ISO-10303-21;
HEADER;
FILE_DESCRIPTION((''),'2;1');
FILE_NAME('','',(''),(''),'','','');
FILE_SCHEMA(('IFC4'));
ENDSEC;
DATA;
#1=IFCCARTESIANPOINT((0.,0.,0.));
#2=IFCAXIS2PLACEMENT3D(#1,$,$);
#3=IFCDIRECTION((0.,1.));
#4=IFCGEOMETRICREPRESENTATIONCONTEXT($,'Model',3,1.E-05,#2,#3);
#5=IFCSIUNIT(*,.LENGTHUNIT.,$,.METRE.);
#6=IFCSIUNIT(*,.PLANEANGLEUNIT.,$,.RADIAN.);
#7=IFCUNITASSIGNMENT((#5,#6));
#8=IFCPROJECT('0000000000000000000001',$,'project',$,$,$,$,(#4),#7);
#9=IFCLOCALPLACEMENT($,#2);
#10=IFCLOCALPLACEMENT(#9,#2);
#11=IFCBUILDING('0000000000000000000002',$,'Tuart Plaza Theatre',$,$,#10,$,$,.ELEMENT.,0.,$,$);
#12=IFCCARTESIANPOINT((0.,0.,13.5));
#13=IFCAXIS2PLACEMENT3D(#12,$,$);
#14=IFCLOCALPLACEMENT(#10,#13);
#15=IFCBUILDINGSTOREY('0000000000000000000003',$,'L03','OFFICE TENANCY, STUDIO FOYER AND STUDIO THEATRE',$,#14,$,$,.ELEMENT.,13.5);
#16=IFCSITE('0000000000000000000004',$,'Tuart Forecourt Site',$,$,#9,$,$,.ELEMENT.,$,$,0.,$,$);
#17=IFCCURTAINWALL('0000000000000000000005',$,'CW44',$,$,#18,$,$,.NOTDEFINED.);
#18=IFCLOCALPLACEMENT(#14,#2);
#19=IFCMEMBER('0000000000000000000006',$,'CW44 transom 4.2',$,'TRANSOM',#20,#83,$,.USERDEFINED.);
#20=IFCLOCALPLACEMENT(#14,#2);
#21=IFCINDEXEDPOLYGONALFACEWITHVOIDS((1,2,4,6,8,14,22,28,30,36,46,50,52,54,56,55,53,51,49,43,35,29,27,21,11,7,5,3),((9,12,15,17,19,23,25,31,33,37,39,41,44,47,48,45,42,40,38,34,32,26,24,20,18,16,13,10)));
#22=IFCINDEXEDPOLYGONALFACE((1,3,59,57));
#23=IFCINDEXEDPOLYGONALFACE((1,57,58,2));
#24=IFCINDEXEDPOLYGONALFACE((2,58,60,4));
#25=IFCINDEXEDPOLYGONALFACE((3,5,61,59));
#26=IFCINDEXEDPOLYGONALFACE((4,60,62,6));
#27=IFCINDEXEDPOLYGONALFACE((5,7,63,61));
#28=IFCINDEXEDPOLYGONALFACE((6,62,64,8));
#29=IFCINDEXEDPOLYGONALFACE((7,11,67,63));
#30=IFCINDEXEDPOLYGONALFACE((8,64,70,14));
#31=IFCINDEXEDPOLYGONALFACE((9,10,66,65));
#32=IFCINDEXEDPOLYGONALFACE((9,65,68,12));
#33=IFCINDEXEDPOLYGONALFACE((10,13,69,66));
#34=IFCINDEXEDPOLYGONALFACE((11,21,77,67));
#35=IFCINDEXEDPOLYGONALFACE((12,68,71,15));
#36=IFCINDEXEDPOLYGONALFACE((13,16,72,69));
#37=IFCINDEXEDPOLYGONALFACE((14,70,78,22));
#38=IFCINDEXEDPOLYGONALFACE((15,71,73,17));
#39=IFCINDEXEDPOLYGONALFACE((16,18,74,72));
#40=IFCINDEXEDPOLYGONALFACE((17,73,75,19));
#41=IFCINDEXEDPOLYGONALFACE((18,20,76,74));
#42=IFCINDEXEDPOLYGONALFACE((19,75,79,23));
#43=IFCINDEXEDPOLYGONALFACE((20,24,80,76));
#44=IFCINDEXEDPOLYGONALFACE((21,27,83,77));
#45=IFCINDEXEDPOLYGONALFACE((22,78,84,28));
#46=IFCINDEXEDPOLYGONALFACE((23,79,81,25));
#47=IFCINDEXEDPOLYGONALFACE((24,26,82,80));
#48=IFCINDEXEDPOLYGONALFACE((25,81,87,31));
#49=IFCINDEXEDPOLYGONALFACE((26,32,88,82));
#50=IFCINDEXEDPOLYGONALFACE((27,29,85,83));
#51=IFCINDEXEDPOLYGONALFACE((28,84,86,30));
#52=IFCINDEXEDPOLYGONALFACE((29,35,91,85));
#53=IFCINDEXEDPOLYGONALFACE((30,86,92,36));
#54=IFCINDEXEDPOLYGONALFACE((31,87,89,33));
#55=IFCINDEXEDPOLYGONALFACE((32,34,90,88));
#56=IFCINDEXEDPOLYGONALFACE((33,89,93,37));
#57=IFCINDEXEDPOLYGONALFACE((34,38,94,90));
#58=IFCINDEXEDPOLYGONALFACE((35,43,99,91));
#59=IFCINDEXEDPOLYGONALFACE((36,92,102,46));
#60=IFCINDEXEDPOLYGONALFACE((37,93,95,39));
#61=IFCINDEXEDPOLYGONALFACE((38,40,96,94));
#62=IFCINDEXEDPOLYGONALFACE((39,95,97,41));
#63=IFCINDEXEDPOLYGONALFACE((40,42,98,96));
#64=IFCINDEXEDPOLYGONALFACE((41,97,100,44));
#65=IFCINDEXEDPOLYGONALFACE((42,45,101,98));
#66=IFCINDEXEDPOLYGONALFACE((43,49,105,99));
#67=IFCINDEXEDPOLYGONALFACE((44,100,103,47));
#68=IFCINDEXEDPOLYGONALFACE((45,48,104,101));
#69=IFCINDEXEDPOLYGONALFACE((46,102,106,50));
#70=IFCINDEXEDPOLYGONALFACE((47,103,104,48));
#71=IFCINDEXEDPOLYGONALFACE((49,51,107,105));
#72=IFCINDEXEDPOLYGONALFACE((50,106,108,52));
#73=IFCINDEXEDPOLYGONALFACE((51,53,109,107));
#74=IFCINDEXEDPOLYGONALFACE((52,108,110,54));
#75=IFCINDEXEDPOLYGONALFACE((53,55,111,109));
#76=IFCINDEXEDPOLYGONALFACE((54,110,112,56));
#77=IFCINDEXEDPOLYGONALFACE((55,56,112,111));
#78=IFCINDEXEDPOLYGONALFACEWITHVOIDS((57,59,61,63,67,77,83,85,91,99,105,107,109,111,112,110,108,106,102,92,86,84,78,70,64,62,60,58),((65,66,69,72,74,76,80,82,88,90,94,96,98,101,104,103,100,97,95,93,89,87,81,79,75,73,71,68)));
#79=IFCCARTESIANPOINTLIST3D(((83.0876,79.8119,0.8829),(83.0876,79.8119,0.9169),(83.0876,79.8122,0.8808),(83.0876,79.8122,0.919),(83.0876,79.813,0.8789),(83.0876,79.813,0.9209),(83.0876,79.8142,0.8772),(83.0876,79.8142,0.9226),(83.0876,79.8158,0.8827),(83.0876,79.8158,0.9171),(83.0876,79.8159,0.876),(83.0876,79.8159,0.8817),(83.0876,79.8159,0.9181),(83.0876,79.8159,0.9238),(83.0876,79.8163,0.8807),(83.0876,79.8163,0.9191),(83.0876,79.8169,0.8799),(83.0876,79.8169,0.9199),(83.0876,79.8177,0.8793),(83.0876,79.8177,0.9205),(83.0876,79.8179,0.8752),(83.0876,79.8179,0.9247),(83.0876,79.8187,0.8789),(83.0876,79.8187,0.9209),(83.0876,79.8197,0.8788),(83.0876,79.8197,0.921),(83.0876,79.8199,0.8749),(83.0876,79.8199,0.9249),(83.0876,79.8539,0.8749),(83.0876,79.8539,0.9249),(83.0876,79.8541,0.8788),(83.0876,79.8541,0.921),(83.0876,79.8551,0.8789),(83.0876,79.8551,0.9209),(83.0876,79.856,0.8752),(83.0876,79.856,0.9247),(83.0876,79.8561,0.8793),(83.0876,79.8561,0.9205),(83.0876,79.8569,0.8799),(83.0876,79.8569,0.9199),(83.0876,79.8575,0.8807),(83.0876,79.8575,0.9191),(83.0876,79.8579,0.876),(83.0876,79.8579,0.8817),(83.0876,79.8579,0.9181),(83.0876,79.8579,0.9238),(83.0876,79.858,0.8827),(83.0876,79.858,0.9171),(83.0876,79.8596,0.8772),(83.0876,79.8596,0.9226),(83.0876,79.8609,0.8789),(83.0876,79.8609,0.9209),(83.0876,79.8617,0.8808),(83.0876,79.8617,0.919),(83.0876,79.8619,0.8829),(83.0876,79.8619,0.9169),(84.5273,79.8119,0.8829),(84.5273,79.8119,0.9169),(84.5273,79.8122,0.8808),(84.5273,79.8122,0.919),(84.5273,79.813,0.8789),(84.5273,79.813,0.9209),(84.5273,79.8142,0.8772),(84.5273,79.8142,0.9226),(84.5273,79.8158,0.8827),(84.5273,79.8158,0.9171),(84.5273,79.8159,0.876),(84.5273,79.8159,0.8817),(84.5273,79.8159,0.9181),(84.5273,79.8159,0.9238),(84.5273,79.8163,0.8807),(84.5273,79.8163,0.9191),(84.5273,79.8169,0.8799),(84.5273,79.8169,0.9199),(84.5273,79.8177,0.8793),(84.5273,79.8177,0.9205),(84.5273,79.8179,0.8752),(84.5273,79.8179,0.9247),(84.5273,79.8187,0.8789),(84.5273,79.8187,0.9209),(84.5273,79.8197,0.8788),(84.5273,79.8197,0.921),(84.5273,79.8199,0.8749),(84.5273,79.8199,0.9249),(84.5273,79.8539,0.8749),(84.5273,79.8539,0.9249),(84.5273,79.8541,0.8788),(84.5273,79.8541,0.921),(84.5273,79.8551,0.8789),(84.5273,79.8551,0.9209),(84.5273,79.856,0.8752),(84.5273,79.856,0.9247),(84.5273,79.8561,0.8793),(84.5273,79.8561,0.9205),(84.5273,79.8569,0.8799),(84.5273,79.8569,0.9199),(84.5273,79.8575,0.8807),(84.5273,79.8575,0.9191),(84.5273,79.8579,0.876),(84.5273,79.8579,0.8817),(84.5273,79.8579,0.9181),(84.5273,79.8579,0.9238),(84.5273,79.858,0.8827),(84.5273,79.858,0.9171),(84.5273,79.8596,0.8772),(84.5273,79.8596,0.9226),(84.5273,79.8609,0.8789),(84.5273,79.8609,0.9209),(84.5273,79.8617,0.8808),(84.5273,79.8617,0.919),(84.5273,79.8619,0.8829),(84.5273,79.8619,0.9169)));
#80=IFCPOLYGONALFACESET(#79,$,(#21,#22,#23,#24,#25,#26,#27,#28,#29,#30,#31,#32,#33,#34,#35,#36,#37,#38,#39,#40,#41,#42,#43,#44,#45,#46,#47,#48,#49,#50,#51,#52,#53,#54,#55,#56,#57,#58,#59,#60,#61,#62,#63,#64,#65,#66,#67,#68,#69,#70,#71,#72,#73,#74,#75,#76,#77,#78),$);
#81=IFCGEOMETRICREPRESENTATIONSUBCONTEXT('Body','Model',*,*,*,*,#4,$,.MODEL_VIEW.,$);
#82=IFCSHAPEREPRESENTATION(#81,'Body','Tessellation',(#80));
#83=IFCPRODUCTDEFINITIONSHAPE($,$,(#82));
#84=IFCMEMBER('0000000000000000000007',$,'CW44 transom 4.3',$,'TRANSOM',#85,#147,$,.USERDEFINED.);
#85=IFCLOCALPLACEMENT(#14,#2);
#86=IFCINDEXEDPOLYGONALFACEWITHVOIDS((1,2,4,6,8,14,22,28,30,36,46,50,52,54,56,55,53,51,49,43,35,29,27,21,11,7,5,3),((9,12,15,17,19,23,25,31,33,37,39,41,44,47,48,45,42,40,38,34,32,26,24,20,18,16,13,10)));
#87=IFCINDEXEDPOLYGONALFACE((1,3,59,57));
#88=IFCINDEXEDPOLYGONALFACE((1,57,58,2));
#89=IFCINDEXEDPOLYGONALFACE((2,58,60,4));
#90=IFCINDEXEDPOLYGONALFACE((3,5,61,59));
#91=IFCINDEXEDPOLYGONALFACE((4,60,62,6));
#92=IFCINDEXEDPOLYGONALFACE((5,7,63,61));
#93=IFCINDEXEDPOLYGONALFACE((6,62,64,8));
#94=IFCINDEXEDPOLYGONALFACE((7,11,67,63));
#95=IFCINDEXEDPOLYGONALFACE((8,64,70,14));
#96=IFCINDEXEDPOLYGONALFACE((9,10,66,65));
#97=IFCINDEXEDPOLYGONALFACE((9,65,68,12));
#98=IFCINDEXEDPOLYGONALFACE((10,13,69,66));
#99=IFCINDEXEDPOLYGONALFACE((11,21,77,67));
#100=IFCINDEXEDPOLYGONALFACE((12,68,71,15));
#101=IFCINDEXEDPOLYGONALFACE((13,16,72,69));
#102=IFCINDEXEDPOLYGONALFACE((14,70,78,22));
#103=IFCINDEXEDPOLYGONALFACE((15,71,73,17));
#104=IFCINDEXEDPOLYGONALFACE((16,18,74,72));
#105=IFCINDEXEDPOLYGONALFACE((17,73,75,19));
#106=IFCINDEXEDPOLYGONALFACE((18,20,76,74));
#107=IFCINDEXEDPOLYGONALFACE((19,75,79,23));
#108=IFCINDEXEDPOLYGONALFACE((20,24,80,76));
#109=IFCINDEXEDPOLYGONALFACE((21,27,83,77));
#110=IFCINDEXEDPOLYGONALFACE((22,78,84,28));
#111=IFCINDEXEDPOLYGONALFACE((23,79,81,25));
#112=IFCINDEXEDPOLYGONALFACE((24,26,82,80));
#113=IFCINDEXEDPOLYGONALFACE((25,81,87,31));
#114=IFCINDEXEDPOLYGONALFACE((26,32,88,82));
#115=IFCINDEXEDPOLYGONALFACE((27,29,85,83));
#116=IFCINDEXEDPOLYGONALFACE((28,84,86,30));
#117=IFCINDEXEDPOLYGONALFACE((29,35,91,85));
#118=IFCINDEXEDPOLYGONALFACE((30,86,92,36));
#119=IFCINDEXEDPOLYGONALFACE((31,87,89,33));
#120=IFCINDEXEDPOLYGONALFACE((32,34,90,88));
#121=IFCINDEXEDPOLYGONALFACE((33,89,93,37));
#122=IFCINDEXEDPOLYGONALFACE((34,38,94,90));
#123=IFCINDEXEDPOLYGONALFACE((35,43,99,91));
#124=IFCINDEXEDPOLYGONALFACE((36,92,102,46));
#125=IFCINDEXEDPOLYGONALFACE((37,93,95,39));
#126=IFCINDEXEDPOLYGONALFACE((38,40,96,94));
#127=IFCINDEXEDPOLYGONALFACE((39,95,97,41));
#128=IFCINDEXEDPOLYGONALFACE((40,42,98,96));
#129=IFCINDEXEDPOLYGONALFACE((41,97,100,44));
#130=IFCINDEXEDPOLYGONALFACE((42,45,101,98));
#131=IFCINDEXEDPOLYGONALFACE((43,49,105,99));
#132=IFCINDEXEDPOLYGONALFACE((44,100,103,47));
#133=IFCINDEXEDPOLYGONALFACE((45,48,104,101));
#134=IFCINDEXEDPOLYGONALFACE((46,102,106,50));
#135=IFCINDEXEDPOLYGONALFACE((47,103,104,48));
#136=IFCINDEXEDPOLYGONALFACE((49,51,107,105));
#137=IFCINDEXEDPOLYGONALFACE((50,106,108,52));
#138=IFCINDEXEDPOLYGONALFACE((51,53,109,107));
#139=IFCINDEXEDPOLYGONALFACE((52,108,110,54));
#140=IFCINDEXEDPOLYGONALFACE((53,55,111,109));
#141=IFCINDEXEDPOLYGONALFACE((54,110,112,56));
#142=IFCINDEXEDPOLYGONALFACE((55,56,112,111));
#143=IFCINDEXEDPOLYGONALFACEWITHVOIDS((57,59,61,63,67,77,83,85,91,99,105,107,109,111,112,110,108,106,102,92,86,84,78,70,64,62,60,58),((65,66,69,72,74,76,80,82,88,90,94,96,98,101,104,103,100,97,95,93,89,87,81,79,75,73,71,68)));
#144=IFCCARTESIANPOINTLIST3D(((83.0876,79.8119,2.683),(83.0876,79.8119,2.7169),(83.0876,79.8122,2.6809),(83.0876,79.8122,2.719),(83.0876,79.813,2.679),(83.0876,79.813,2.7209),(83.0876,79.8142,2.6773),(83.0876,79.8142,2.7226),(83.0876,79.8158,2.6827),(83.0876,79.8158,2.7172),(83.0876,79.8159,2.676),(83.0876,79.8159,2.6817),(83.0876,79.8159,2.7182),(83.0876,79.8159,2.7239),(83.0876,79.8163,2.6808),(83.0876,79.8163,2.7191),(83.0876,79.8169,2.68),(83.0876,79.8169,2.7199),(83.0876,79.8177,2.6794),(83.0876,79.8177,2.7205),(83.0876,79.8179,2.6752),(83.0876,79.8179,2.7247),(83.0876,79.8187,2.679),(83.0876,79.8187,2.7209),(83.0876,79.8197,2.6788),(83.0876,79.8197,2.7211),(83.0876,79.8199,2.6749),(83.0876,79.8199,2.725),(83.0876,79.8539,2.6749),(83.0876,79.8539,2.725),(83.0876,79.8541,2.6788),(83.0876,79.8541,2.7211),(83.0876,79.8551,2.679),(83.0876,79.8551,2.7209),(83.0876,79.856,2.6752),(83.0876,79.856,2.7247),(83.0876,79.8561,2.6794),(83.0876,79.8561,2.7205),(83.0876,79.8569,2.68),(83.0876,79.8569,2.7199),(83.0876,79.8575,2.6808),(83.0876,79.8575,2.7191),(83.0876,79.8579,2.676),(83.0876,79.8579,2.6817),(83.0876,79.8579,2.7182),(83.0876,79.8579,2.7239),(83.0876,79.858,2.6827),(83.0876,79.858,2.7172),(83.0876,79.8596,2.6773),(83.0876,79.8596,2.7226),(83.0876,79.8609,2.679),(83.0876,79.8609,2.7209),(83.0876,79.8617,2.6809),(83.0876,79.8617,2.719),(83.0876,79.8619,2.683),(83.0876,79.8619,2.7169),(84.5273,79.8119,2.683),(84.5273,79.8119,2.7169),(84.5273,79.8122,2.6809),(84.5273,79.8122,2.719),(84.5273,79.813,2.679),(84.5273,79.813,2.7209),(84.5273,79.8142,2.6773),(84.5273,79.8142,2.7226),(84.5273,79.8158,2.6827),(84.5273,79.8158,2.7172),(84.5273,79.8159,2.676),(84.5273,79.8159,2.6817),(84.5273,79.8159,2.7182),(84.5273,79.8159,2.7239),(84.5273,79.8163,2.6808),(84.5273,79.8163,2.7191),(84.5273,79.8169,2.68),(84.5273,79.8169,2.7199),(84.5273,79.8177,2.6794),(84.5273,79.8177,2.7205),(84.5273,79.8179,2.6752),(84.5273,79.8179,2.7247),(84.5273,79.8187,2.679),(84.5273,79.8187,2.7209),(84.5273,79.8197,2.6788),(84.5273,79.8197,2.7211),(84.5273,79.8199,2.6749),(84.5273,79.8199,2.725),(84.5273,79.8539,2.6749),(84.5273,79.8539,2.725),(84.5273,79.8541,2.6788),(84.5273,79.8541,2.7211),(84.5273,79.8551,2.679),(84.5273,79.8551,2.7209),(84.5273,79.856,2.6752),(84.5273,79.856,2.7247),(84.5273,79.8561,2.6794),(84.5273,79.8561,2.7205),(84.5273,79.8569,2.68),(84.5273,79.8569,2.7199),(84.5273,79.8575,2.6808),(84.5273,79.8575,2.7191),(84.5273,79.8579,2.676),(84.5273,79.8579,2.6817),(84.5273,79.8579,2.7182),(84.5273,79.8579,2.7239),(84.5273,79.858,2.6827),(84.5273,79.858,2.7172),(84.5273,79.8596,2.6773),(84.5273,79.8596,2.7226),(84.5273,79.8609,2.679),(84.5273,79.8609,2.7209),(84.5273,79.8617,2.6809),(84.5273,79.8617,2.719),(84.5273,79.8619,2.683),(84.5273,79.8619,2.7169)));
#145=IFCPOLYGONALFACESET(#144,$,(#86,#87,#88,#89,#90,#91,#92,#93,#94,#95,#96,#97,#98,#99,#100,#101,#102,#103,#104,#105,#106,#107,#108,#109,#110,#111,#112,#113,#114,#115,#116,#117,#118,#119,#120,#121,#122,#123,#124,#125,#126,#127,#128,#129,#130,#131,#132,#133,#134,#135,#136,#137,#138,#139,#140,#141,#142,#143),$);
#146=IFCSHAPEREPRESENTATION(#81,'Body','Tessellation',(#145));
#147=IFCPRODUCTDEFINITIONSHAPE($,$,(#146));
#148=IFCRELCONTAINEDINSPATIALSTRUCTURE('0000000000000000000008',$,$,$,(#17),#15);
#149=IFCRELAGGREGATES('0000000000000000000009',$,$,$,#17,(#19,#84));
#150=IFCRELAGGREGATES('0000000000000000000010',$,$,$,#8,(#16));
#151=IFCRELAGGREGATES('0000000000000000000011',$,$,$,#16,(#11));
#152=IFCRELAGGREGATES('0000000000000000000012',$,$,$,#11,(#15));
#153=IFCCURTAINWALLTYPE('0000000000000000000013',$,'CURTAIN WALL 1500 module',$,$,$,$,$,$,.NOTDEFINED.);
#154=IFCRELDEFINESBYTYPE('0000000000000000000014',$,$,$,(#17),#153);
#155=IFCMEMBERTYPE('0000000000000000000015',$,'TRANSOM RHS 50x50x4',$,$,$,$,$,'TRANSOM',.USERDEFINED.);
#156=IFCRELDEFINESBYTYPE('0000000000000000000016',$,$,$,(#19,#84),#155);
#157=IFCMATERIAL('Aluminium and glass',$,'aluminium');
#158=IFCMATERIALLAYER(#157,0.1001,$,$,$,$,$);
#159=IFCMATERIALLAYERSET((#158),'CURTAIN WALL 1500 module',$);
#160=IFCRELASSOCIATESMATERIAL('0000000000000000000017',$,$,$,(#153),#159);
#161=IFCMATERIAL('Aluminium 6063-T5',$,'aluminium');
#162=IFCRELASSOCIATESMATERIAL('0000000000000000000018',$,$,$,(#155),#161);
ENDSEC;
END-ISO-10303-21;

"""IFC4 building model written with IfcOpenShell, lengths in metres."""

from ifc_helpers import new_model, si_unit, direction, frame, origin, origin_2d, place, context, subcontext, project, spatial, hollow_rectangle, extrude, material, layer, layer_set, material_profile, profile_set, type_object, element, aggregate, save


model = new_model("IFC4")

# Units and contexts
model_context = context("Model", 3, precision=1e-05, world=origin(), true_north=direction((0.0, 1.0)))
body_context = subcontext(model_context, "Body", "Model", "MODEL_VIEW")
ifc_project = project(units=[si_unit("LENGTHUNIT", "METRE"), si_unit("PLANEANGLEUNIT", "RADIAN")], contexts=[model_context])

# Site, building, storey
site_placement = place(None, origin())
site = spatial("IfcSite", under=ifc_project, at=site_placement, Name="Tuart Forecourt Site", CompositionType="ELEMENT", RefElevation=0.0)
building_placement = place(site_placement, origin())
building = spatial("IfcBuilding", under=site, at=building_placement, Name="Tuart Plaza Theatre", CompositionType="ELEMENT", ElevationOfRefHeight=0.0)
storey_placement = place(building_placement, frame((0.0, 0.0, 13.5)))
storey = spatial("IfcBuildingStorey", under=building, at=storey_placement, Name="L03", Description="OFFICE TENANCY, STUDIO FOYER AND STUDIO THEATRE", CompositionType="ELEMENT", Elevation=13.5)

# Curtain wall, members
ifc_material_1 = material(Name="Aluminium and glass", Category="aluminium")
ifc_layer_1 = layer(ifc_material_1, 0.1001)
ifc_layer_set_1 = layer_set([ifc_layer_1], Name="CURTAIN WALL 1500 module")
curtain_wall_type = type_object("IfcCurtainWallType", Name="CURTAIN WALL 1500 module", PredefinedType="NOTDEFINED", material=ifc_layer_set_1)
curtain_wall_placement = place(storey_placement, origin())
curtain_wall = element("IfcCurtainWall", 1, at=curtain_wall_placement, inside=storey, type_object=curtain_wall_type, Name="CW44", PredefinedType="NOTDEFINED")
ifc_material_2 = material(Name="Aluminium 6063-T5", Category="aluminium")
ifc_material_profile_1 = material_profile(ifc_material_2, hollow_rectangle(XDim=0.05, YDim=0.05, WallThickness=0.0039, InnerFilletRadius=0.0039, OuterFilletRadius=0.0081, at=origin_2d()), Name="RHS 50x50x4")
ifc_profile_set_1 = profile_set([ifc_material_profile_1], Name="Aluminium 6063-T5")
member_type_1 = type_object("IfcMemberType", Name="TRANSOM RHS 50x50x4", ElementType="TRANSOM", PredefinedType="USERDEFINED", material=ifc_profile_set_1)
member_1_placement = place(storey_placement, frame((83.0876, 79.8369, 0.8999), z_axis=(1.0, 0.0, 0.0), x_axis=(0.0, 1.0, 0.0)))
member_1 = element("IfcMember", 2, at=member_1_placement, type_object=member_type_1, Name="CW44 transom 4.2", ObjectType="TRANSOM", PredefinedType="USERDEFINED", context=body_context, shape_type="SweptSolid", body=[
    extrude(hollow_rectangle(XDim=0.05, YDim=0.05, WallThickness=0.0039, InnerFilletRadius=0.0039, OuterFilletRadius=0.0081, at=origin_2d()), origin(), (0.0, 0.0, 1.0), 1.4397),
])
member_2_placement = place(storey_placement, frame((83.0876, 79.8369, 2.7), z_axis=(1.0, 0.0, 0.0), x_axis=(0.0, 1.0, 0.0)))
member_2 = element("IfcMember", 3, at=member_2_placement, type_object=member_type_1, Name="CW44 transom 4.3", ObjectType="TRANSOM", PredefinedType="USERDEFINED", context=body_context, shape_type="SweptSolid", body=[
    extrude(hollow_rectangle(XDim=0.05, YDim=0.05, WallThickness=0.0039, InnerFilletRadius=0.0039, OuterFilletRadius=0.0081, at=origin_2d()), origin(), (0.0, 0.0, 1.0), 1.4397),
])
aggregate(curtain_wall, [member_1, member_2])

save(model, "model.ifc")
